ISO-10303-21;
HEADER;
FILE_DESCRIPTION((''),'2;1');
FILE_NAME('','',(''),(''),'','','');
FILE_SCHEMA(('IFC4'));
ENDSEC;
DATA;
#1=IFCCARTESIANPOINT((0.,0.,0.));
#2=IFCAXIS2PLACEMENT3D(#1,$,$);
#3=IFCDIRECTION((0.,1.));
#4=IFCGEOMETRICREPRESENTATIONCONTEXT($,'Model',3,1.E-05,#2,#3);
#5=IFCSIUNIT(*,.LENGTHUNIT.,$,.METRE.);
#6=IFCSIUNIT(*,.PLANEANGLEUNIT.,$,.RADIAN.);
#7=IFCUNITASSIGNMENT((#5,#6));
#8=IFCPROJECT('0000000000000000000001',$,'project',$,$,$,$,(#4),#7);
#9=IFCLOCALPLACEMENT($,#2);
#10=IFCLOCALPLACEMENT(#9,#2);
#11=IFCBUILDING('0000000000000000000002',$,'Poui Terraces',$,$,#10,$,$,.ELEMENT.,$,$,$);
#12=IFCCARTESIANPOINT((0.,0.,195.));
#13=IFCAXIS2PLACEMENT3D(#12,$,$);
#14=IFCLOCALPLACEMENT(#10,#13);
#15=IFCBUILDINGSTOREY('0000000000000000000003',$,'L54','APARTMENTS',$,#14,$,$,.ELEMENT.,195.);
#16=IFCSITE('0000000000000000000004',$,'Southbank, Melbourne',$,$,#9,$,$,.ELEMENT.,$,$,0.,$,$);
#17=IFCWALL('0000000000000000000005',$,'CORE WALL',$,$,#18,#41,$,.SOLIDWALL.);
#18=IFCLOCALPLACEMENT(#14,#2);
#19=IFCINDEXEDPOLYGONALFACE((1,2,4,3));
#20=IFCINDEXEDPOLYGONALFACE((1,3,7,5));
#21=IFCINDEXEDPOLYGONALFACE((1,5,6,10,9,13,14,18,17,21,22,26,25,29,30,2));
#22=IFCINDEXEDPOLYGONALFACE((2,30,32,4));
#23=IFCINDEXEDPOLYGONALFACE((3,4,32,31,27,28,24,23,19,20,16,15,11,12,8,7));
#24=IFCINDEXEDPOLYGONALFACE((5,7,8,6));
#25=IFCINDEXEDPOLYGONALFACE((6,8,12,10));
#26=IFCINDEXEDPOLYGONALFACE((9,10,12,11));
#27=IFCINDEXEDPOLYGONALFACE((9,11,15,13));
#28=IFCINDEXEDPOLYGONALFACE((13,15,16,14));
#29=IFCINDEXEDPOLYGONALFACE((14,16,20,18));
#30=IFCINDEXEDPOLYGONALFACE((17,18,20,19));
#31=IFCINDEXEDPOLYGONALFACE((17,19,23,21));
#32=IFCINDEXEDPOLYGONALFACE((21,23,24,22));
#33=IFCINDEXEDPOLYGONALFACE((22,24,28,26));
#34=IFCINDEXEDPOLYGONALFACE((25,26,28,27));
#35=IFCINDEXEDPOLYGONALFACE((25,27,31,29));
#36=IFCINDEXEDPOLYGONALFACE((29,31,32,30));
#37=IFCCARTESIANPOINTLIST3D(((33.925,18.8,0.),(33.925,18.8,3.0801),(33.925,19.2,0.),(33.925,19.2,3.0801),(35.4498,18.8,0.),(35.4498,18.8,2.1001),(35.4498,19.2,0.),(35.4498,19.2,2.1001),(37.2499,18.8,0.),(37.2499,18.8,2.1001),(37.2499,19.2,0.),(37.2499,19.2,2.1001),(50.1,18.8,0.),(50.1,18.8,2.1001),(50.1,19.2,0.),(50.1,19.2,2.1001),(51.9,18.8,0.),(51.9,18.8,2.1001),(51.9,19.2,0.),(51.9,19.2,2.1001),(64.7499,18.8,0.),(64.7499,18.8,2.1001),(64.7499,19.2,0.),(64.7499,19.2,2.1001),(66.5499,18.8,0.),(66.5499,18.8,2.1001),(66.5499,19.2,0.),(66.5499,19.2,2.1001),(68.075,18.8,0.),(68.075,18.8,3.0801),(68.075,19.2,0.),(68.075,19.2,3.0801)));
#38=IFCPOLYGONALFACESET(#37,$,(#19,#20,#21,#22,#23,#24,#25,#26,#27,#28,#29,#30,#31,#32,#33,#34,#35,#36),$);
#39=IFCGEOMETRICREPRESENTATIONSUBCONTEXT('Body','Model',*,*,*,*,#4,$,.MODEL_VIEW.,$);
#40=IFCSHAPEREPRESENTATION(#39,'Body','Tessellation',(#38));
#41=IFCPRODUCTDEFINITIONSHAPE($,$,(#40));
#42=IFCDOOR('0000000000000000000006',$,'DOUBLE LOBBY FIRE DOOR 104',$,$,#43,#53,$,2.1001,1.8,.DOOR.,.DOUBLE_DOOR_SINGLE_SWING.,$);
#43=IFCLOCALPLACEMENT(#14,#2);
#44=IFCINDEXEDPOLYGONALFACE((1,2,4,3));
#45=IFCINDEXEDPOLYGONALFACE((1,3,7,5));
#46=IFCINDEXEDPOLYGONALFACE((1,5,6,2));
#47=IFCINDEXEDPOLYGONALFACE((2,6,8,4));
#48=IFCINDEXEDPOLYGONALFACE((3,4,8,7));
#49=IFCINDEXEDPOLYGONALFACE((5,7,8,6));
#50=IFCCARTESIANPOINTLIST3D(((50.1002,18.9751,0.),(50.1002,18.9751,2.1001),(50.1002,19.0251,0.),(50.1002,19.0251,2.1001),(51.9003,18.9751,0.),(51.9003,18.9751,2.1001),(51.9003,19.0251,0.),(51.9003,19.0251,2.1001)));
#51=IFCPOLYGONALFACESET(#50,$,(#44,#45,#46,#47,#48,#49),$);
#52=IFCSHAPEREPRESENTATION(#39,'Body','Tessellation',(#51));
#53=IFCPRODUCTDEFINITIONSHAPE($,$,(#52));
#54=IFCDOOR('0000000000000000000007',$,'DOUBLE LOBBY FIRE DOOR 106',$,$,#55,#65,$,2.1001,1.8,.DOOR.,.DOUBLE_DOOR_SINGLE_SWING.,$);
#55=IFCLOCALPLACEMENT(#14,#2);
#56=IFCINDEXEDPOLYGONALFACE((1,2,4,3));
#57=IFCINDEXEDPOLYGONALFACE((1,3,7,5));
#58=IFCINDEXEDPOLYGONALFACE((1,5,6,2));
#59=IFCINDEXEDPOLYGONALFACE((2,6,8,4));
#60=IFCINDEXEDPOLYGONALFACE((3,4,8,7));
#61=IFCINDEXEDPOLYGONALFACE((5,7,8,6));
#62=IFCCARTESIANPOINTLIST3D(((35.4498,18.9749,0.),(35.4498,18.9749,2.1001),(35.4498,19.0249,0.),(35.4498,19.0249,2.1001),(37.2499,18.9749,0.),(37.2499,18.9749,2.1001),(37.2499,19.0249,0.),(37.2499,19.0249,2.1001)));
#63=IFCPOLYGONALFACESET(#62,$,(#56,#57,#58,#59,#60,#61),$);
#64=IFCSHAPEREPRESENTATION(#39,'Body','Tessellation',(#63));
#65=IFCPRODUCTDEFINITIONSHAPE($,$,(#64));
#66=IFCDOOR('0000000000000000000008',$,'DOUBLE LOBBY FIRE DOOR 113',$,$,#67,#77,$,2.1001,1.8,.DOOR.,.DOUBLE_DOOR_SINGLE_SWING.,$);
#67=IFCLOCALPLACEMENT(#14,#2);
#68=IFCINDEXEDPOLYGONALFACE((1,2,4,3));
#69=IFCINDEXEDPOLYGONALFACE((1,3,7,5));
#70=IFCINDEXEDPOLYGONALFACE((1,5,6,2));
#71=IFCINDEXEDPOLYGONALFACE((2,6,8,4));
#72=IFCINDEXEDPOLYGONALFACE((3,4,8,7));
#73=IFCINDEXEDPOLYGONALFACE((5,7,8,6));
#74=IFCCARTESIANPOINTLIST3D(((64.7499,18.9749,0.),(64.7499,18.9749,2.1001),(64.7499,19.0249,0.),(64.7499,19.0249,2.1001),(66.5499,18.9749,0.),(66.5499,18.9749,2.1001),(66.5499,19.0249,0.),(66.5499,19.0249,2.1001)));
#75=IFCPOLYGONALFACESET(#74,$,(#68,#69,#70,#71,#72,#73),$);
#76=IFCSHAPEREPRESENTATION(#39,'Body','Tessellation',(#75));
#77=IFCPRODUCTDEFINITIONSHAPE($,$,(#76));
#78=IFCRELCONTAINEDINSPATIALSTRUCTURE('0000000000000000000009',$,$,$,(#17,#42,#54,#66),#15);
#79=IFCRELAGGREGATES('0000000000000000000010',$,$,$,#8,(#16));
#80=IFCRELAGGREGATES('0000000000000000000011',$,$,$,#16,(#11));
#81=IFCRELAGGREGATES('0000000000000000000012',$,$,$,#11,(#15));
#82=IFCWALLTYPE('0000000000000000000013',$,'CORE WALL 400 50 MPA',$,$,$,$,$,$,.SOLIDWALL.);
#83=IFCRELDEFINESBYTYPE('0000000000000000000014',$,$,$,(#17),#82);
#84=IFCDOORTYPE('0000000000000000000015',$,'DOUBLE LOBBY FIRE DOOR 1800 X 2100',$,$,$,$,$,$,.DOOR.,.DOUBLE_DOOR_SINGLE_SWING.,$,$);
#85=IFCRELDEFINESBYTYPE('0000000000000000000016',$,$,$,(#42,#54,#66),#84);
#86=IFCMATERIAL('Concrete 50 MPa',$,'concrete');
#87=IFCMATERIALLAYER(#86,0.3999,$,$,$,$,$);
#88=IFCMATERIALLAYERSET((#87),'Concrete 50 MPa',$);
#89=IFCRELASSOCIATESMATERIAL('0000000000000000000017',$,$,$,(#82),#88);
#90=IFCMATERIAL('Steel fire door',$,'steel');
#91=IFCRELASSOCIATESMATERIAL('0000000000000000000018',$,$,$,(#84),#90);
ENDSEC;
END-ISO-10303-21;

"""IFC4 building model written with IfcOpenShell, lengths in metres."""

from ifc_helpers import new_model, si_unit, direction, frame, frame_2d, origin, place, context, subcontext, project, spatial, rectangle, extrude, material, layer, layer_set, type_object, element, fill, save


model = new_model("IFC4")

# Units and contexts
model_context = context("Model", 3, precision=1e-05, world=origin(), true_north=direction((0.0, 1.0)))
body_context = subcontext(model_context, "Body", "Model", "MODEL_VIEW")
ifc_project = project(units=[si_unit("LENGTHUNIT", "METRE"), si_unit("PLANEANGLEUNIT", "RADIAN")], contexts=[model_context])

# Site, building, storey
site_placement = place(None, origin())
site = spatial("IfcSite", under=ifc_project, at=site_placement, Name="Southbank, Melbourne", CompositionType="ELEMENT", RefElevation=0.0)
building_placement = place(site_placement, origin())
building = spatial("IfcBuilding", under=site, at=building_placement, Name="Poui Terraces", CompositionType="ELEMENT")
storey_placement = place(building_placement, frame((0.0, 0.0, 195.0)))
storey = spatial("IfcBuildingStorey", under=building, at=storey_placement, Name="L54", Description="APARTMENTS", CompositionType="ELEMENT", Elevation=195.0)

# Wall, openings, doors
ifc_material_1 = material(Name="Concrete 50 MPa", Category="concrete")
ifc_layer_1 = layer(ifc_material_1, 0.3999)
ifc_layer_set_1 = layer_set([ifc_layer_1], Name="Concrete 50 MPa")
wall_type_1 = type_object("IfcWallType", Name="CORE WALL 400 50 MPA", PredefinedType="SOLIDWALL", material=ifc_layer_set_1)
wall_1_placement = place(storey_placement, frame((33.925, 19.0, 0.0), z_axis=(0.0, 0.0, 1.0), x_axis=(1.0, 0.0, 0.0)))
wall_1 = element("IfcWall", 1, at=wall_1_placement, inside=storey, type_object=wall_type_1, Name="CORE WALL", PredefinedType="SOLIDWALL", context=body_context, shape_type="SweptSolid", body=[
    extrude(rectangle(XDim=34.1499, YDim=0.3999, at=frame_2d((17.075, 0.0))), origin(), (0.0, 0.0, 1.0), 3.0801),
])
opening_1_placement = place(wall_1_placement, frame((16.175, 0.0, 0.0)))
opening_1 = element("IfcOpeningElement", 2, at=opening_1_placement, cuts=wall_1, PredefinedType="OPENING", context=body_context, shape_type="SweptSolid", body=[
    extrude(rectangle(XDim=1.8, YDim=2.1001, at=frame_2d((0.8999, 1.05))), frame((0.0, 0.21, 0.0), z_axis=(0.0, -1.0, 0.0), x_axis=(1.0, 0.0, 0.0)), (0.0, 0.0, 1.0), 0.4199),
])
opening_2_placement = place(wall_1_placement, frame((1.5249, 0.0, 0.0)))
opening_2 = element("IfcOpeningElement", 3, at=opening_2_placement, cuts=wall_1, PredefinedType="OPENING", context=body_context, shape_type="SweptSolid", body=[
    extrude(rectangle(XDim=1.8, YDim=2.1001, at=frame_2d((0.8999, 1.05))), frame((0.0, 0.21, 0.0), z_axis=(0.0, -1.0, 0.0), x_axis=(1.0, 0.0, 0.0)), (0.0, 0.0, 1.0), 0.4199),
])
opening_3_placement = place(wall_1_placement, frame((30.825, 0.0, 0.0)))
opening_3 = element("IfcOpeningElement", 4, at=opening_3_placement, cuts=wall_1, PredefinedType="OPENING", context=body_context, shape_type="SweptSolid", body=[
    extrude(rectangle(XDim=1.8, YDim=2.1001, at=frame_2d((0.8999, 1.05))), frame((0.0, 0.21, 0.0), z_axis=(0.0, -1.0, 0.0), x_axis=(1.0, 0.0, 0.0)), (0.0, 0.0, 1.0), 0.4199),
])
ifc_material_2 = material(Name="Steel fire door", Category="steel")
door_type_1 = type_object("IfcDoorType", Name="DOUBLE LOBBY FIRE DOOR 1800 X 2100", OperationType="DOUBLE_DOOR_SINGLE_SWING", PredefinedType="DOOR", material=ifc_material_2)
door_1_placement = place(opening_1_placement, frame((1.8, 0.0, 0.0), z_axis=(0.0, 0.0, 1.0), x_axis=(-1.0, 0.0, 0.0)))
door_1 = element("IfcDoor", 5, at=door_1_placement, inside=storey, type_object=door_type_1, Name="DOUBLE LOBBY FIRE DOOR 104", OperationType="DOUBLE_DOOR_SINGLE_SWING", OverallHeight=2.1001, OverallWidth=1.8, PredefinedType="DOOR", context=body_context, shape_type="SweptSolid", body=[
    extrude(rectangle(XDim=1.8, YDim=2.1001, at=frame_2d((0.8999, 1.05))), frame((0.0, 0.0249, 0.0), z_axis=(0.0, -1.0, 0.0), x_axis=(1.0, 0.0, 0.0)), (0.0, 0.0, 1.0), 0.05),
])
fill(opening_1, door_1)
door_2_placement = place(opening_2_placement, origin())
door_2 = element("IfcDoor", 6, at=door_2_placement, inside=storey, type_object=door_type_1, Name="DOUBLE LOBBY FIRE DOOR 106", OperationType="DOUBLE_DOOR_SINGLE_SWING", OverallHeight=2.1001, OverallWidth=1.8, PredefinedType="DOOR", context=body_context, shape_type="SweptSolid", body=[
    extrude(rectangle(XDim=1.8, YDim=2.1001, at=frame_2d((0.8999, 1.05))), frame((0.0, 0.0249, 0.0), z_axis=(0.0, -1.0, 0.0), x_axis=(1.0, 0.0, 0.0)), (0.0, 0.0, 1.0), 0.05),
])
fill(opening_2, door_2)
door_3_placement = place(opening_3_placement, origin())
door_3 = element("IfcDoor", 7, at=door_3_placement, inside=storey, type_object=door_type_1, Name="DOUBLE LOBBY FIRE DOOR 113", OperationType="DOUBLE_DOOR_SINGLE_SWING", OverallHeight=2.1001, OverallWidth=1.8, PredefinedType="DOOR", context=body_context, shape_type="SweptSolid", body=[
    extrude(rectangle(XDim=1.8, YDim=2.1001, at=frame_2d((0.8999, 1.05))), frame((0.0, 0.0249, 0.0), z_axis=(0.0, -1.0, 0.0), x_axis=(1.0, 0.0, 0.0)), (0.0, 0.0, 1.0), 0.05),
])
fill(opening_3, door_3)

save(model, "model.ifc")
